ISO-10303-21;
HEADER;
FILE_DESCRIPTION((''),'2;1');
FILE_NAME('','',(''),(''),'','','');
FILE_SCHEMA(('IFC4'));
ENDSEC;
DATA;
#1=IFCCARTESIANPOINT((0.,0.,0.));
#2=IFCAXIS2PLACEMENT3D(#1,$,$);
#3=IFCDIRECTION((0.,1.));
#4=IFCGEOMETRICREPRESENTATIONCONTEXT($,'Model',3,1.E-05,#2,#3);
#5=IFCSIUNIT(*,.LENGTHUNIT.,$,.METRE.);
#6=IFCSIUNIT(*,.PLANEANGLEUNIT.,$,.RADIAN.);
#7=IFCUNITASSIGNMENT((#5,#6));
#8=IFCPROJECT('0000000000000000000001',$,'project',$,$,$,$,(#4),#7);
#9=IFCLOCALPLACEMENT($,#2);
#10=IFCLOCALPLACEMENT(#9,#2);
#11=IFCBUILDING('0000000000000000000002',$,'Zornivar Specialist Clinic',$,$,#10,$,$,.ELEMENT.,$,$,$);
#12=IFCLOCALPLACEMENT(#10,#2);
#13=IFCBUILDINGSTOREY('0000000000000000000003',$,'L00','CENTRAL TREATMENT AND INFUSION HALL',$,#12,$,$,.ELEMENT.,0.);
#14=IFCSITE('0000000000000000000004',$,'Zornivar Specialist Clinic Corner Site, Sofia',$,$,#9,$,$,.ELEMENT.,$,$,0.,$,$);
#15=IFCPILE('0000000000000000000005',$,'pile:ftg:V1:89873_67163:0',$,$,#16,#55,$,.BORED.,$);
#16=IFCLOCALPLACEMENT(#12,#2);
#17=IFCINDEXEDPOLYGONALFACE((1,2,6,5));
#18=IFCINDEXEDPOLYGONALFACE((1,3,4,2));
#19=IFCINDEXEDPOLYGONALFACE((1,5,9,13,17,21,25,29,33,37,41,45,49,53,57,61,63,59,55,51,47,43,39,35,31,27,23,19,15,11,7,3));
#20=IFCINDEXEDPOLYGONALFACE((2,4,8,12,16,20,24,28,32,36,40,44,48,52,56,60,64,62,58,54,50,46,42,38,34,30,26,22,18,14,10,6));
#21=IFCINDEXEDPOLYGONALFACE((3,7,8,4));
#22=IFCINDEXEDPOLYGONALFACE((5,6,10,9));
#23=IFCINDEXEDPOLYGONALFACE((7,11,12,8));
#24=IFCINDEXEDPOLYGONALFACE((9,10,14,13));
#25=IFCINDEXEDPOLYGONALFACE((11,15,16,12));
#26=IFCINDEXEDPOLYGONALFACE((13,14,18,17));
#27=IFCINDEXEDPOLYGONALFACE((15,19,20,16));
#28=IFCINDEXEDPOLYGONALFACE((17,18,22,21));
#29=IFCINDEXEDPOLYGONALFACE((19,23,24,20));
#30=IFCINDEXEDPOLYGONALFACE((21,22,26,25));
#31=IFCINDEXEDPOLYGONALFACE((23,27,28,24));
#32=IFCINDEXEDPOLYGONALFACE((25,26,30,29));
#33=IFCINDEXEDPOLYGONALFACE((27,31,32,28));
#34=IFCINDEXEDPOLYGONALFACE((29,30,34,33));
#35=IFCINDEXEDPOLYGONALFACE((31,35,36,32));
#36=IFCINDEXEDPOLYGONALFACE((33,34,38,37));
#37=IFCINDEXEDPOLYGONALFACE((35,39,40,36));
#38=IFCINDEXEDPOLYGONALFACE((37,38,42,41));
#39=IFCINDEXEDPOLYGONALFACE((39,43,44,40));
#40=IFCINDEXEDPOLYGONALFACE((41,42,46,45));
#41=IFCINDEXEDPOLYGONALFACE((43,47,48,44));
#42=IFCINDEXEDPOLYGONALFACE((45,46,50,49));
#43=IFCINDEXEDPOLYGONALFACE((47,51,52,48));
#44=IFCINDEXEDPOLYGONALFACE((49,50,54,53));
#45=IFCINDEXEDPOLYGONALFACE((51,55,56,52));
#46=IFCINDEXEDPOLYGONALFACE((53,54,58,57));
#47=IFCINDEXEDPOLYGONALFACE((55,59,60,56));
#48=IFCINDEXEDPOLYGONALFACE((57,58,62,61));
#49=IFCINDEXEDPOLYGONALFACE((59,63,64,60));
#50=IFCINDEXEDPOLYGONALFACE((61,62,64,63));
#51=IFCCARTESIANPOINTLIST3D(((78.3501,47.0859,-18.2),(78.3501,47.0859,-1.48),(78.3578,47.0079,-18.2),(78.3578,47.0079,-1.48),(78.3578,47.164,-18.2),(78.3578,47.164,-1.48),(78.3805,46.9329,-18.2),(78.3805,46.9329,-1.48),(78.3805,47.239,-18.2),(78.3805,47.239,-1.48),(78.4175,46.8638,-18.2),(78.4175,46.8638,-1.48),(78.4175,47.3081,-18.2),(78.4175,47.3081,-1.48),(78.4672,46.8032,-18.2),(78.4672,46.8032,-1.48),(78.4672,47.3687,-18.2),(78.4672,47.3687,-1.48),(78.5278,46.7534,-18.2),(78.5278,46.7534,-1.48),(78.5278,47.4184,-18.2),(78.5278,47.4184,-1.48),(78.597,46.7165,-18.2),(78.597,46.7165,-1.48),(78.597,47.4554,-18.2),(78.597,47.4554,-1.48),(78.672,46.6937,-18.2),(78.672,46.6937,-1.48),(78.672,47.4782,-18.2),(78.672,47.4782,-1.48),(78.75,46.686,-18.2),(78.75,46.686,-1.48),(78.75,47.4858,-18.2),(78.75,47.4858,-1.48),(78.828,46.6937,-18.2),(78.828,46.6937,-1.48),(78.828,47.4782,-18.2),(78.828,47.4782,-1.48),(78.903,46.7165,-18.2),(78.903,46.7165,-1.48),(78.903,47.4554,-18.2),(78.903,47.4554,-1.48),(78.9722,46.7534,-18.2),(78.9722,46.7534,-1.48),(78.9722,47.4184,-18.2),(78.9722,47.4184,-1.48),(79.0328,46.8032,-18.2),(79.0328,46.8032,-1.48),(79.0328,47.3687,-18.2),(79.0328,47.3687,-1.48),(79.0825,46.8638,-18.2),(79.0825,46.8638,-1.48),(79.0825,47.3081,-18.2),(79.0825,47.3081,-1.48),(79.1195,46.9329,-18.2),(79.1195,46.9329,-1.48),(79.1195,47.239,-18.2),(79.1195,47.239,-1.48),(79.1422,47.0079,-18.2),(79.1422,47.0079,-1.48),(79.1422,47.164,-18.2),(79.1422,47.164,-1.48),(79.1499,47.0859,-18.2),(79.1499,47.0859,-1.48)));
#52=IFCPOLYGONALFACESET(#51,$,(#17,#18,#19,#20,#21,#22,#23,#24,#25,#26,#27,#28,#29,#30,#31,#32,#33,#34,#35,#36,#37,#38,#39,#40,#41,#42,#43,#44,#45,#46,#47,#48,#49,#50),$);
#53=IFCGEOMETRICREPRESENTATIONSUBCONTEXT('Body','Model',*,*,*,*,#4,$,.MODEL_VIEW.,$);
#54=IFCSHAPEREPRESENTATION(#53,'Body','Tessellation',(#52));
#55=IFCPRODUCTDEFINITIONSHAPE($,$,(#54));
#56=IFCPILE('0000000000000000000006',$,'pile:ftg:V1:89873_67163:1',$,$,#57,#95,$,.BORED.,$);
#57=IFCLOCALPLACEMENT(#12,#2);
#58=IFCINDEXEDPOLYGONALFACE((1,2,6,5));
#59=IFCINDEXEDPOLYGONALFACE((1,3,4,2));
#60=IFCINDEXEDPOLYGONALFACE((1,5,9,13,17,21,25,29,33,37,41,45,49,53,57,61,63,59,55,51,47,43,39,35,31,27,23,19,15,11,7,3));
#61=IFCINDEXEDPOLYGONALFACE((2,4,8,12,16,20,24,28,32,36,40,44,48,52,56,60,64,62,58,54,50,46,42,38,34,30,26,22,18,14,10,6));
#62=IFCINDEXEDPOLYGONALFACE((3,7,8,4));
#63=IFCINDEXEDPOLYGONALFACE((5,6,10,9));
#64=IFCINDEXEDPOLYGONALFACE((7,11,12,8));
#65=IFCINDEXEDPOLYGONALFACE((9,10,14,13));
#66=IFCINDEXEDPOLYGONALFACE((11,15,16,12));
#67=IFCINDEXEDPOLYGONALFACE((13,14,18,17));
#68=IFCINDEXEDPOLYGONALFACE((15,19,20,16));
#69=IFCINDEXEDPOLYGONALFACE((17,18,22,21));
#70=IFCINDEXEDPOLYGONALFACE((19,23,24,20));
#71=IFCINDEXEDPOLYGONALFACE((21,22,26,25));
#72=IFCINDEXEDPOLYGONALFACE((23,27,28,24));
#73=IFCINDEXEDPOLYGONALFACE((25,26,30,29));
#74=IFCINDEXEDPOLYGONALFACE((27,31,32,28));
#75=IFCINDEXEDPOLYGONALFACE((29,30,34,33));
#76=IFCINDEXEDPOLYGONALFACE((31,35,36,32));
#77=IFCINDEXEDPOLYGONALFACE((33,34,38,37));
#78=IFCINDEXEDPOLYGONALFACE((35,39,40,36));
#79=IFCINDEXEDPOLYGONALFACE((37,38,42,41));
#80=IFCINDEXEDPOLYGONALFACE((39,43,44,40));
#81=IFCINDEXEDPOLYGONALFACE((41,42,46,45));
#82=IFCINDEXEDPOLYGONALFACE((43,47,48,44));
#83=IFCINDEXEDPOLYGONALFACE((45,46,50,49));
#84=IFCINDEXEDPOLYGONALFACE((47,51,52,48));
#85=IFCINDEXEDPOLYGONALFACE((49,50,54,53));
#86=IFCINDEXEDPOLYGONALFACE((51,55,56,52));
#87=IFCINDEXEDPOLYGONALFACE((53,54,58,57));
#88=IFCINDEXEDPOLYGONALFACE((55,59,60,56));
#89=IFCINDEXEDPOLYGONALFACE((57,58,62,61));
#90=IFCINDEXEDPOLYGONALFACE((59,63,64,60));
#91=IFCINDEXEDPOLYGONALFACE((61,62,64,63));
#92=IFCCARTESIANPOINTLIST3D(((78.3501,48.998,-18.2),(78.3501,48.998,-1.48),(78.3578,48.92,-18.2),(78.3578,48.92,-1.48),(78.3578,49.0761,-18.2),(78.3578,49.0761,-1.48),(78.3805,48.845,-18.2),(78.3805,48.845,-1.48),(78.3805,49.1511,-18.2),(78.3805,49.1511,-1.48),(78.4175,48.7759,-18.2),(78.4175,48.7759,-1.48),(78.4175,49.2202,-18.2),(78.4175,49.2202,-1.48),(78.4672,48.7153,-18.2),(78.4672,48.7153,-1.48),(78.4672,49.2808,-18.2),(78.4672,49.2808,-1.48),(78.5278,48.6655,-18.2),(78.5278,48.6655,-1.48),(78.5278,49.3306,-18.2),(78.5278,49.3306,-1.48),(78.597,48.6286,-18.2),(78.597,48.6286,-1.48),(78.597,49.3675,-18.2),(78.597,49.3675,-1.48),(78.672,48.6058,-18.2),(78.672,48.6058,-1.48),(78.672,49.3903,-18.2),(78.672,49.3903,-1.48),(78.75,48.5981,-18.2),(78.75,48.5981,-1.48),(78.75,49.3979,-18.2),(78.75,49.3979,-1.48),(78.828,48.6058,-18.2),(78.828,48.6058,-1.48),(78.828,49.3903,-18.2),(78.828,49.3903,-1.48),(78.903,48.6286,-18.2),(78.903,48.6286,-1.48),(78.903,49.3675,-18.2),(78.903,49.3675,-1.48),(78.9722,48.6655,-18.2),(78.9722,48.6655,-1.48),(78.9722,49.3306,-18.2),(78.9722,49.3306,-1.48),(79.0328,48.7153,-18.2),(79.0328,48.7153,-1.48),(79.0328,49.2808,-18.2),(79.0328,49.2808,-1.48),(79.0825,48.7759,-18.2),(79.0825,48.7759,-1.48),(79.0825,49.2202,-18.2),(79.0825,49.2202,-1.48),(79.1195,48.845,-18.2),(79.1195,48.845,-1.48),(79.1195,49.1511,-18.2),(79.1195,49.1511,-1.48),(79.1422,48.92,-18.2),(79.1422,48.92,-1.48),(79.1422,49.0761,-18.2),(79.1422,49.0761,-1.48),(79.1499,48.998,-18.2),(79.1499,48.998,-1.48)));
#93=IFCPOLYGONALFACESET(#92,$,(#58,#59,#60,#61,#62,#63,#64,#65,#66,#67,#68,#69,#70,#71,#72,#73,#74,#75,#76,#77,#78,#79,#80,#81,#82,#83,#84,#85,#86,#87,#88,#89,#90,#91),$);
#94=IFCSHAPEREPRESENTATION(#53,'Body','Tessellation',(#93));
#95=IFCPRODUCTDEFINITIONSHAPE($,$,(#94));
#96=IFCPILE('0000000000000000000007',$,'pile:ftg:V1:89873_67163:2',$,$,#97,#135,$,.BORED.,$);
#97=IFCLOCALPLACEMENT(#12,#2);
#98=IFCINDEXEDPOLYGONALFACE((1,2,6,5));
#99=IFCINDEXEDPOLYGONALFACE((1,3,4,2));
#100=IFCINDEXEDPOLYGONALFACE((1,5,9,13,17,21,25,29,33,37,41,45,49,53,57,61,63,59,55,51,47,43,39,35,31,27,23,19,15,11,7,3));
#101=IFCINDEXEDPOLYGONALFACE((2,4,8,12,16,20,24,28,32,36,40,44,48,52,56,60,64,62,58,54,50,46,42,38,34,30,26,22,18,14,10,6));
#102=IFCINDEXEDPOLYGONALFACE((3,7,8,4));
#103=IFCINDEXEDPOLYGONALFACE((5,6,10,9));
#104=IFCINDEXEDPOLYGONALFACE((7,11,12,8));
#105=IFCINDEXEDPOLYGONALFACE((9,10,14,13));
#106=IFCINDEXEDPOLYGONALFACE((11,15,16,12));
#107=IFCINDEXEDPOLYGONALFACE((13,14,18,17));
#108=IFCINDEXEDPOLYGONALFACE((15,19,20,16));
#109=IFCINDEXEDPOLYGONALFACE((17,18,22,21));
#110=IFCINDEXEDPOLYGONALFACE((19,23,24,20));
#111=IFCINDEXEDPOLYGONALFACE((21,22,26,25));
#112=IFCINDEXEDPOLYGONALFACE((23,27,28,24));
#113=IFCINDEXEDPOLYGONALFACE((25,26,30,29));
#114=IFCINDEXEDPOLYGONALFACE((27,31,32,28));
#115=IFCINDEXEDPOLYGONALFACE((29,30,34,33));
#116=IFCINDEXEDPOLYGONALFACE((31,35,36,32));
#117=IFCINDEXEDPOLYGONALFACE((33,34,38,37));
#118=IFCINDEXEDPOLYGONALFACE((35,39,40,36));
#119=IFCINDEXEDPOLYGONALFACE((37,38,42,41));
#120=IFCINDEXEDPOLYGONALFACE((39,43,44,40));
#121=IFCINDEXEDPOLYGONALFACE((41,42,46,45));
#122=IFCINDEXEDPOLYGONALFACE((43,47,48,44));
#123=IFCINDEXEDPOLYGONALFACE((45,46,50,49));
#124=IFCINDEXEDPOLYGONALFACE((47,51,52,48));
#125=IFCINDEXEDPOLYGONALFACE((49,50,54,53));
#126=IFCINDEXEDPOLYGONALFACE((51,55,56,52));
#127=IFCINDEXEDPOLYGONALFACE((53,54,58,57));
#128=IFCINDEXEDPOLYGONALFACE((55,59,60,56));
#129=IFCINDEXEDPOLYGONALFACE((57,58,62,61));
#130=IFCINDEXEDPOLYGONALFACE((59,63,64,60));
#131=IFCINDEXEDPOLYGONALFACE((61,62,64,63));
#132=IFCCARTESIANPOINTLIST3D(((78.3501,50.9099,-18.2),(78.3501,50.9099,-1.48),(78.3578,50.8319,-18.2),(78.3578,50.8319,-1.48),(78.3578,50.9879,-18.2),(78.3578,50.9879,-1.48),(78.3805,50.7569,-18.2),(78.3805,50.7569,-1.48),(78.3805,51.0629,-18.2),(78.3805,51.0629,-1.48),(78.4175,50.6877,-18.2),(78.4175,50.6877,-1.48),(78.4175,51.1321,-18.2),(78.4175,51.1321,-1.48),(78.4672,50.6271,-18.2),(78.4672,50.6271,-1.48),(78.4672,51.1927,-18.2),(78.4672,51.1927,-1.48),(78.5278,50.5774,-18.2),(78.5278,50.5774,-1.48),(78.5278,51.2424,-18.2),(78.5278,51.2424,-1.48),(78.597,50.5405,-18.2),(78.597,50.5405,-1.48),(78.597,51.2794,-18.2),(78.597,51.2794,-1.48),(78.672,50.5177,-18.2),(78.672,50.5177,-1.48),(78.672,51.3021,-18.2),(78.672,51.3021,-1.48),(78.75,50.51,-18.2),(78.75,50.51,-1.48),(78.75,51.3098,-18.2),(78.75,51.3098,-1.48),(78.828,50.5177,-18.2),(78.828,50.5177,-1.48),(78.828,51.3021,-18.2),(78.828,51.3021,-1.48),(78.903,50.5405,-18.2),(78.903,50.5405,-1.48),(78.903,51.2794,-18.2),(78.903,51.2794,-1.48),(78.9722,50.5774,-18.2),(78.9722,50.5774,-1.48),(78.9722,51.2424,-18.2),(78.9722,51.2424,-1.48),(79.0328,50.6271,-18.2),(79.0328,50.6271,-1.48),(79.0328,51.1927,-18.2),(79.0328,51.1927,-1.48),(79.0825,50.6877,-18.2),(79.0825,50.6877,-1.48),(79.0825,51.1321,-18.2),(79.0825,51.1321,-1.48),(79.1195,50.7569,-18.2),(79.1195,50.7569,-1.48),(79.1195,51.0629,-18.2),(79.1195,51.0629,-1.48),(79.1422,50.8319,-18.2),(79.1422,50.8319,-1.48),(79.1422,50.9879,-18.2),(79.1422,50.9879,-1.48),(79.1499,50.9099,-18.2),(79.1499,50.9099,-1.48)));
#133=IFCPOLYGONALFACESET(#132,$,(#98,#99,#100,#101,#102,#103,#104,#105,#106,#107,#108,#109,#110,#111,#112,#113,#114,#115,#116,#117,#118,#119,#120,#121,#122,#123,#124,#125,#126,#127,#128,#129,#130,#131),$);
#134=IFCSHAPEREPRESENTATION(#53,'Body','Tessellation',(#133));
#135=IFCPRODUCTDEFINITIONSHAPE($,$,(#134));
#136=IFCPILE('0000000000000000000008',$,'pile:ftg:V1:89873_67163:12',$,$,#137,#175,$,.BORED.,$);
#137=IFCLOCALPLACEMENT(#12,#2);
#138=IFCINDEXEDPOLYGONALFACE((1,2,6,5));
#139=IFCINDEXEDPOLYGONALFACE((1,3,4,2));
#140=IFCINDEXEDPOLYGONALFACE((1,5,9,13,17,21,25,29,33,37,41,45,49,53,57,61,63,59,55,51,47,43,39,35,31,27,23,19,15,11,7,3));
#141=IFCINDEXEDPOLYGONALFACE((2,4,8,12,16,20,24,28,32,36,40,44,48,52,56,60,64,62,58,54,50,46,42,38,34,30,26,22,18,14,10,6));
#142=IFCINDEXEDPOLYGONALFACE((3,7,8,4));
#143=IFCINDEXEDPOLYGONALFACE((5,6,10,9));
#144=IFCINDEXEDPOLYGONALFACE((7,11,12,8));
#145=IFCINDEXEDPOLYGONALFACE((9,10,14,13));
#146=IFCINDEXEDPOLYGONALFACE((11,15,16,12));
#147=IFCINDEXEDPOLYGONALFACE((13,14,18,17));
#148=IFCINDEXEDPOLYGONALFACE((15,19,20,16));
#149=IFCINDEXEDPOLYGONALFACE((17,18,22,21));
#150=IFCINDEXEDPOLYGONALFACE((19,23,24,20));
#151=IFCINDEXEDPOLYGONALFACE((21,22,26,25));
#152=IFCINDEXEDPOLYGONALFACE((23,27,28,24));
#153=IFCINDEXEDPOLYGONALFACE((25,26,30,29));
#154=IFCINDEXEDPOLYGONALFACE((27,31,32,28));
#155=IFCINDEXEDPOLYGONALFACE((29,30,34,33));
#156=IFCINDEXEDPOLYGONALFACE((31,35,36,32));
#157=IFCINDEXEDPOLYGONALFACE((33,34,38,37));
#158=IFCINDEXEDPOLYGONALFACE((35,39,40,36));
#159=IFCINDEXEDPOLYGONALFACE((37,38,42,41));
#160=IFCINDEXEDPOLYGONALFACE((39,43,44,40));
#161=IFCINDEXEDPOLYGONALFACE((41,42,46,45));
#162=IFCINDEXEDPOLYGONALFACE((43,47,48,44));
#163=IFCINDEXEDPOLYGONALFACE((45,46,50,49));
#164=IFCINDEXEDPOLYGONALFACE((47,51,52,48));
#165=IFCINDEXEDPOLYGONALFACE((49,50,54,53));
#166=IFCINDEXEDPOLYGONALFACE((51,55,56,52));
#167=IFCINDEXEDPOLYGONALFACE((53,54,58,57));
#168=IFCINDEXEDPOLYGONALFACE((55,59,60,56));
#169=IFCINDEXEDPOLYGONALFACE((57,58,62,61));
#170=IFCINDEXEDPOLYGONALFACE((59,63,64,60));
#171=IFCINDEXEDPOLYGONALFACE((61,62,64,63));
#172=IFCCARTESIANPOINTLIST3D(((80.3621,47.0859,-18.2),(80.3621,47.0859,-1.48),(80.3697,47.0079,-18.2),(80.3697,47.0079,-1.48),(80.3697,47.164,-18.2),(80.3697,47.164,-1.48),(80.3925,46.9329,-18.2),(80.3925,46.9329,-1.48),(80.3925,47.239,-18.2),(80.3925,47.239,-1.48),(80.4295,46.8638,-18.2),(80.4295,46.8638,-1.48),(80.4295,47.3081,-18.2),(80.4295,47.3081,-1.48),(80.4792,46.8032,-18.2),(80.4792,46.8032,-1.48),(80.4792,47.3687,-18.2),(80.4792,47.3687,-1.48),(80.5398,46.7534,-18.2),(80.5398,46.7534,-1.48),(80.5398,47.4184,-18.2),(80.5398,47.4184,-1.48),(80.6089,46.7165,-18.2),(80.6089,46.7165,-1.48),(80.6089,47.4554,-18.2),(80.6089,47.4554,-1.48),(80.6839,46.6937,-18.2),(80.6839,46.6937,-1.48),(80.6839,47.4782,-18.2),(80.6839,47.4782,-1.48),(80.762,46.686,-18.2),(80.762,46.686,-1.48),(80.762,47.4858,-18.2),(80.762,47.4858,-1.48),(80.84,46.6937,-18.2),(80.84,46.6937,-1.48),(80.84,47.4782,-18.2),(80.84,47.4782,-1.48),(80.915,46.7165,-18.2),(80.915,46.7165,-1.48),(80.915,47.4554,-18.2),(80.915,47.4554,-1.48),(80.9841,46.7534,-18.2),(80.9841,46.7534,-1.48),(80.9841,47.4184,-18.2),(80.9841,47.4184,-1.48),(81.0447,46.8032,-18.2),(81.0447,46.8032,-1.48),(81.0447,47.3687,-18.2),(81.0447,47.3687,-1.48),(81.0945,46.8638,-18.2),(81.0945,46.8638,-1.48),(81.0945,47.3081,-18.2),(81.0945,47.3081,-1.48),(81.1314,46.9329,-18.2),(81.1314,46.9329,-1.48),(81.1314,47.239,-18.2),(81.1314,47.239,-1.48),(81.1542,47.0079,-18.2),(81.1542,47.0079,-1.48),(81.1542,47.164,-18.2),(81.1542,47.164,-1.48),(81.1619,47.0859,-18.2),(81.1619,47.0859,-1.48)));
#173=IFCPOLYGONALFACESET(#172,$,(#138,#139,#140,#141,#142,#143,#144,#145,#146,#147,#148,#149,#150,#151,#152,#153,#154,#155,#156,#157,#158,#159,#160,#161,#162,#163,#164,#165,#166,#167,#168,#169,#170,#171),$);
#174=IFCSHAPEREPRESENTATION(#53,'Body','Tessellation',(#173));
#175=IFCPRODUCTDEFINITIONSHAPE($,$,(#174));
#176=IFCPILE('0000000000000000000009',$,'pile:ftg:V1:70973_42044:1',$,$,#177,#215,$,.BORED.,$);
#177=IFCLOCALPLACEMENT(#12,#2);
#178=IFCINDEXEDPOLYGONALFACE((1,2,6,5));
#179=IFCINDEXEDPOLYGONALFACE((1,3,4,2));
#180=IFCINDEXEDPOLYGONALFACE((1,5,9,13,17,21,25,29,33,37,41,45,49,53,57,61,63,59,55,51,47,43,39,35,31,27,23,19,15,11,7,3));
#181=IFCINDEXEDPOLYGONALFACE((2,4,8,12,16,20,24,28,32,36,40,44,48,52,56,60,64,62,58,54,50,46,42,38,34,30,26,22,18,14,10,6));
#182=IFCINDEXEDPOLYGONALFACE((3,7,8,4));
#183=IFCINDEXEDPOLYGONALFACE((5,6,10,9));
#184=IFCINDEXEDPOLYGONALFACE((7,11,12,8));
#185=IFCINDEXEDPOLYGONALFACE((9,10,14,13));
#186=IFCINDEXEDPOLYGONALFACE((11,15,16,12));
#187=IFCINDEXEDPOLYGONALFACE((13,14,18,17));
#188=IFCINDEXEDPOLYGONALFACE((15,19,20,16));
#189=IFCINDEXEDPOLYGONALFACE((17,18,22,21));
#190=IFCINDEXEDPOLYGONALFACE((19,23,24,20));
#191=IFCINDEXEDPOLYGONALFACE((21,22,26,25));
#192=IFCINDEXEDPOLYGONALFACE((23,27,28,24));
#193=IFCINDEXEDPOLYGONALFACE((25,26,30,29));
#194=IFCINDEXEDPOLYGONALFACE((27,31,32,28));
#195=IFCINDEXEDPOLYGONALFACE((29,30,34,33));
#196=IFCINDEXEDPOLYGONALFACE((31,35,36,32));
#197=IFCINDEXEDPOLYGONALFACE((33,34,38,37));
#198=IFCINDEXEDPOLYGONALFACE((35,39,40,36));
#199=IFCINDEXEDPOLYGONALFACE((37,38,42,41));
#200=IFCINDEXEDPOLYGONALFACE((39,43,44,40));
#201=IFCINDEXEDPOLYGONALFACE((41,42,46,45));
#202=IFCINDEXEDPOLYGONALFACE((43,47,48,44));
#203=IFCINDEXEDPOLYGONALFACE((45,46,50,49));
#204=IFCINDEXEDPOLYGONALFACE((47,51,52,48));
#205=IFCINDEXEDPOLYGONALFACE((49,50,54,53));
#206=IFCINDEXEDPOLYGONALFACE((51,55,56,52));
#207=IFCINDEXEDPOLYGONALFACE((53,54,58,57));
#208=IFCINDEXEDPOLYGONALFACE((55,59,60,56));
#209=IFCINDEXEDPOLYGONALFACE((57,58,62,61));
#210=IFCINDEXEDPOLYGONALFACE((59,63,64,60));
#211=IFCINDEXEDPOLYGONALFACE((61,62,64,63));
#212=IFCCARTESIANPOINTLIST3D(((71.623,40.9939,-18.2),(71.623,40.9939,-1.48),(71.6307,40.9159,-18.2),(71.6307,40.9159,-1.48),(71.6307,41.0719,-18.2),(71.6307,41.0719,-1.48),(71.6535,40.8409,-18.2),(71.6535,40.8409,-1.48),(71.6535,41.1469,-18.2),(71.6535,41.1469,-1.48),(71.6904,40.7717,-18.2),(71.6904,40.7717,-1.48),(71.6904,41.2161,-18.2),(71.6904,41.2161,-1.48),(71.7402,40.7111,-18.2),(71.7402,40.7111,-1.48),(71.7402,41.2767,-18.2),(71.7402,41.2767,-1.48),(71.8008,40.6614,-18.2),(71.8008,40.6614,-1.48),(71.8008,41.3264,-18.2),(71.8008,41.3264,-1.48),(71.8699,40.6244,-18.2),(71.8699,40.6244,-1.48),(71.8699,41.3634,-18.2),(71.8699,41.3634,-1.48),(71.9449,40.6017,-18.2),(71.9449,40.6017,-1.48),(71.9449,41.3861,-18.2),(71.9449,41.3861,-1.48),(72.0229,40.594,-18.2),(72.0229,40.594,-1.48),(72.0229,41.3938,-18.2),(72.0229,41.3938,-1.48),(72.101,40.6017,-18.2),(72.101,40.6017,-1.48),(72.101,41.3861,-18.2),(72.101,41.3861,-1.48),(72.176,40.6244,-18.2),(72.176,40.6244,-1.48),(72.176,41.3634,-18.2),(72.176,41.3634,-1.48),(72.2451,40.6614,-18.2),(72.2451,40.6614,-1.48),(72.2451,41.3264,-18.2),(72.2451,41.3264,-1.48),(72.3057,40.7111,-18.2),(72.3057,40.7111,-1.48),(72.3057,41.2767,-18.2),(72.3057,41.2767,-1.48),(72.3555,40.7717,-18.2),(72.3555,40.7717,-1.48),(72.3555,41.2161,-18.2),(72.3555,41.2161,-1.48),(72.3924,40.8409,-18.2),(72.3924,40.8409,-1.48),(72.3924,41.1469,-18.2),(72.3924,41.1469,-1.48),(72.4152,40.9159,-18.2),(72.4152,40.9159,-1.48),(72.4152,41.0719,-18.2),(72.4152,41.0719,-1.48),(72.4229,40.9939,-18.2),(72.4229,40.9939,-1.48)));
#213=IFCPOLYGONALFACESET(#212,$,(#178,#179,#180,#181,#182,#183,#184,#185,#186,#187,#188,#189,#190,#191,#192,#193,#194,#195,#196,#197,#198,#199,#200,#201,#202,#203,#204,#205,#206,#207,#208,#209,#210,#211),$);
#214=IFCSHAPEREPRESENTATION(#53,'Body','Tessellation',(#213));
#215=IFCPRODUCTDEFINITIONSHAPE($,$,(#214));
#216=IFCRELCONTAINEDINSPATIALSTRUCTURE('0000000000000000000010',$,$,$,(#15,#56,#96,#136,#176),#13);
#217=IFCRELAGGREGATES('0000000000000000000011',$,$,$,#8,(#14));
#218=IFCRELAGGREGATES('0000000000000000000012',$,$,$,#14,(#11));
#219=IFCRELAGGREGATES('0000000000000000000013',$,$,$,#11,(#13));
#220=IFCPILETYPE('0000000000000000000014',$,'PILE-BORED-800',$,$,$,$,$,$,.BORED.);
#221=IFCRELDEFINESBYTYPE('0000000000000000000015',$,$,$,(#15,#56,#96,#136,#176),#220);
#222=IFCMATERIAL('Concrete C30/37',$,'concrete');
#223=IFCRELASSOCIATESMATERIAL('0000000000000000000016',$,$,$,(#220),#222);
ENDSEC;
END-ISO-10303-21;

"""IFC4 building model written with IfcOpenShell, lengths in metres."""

from ifc_helpers import new_model, si_unit, direction, frame, origin, origin_2d, place, context, subcontext, project, spatial, circle, extrude, material, material_profile, profile_set, type_object, element, save


model = new_model("IFC4")

# Units and contexts
model_context = context("Model", 3, precision=1e-05, world=origin(), true_north=direction((0.0, 1.0)))
body_context = subcontext(model_context, "Body", "Model", "MODEL_VIEW")
ifc_project = project(units=[si_unit("LENGTHUNIT", "METRE"), si_unit("PLANEANGLEUNIT", "RADIAN")], contexts=[model_context])

# Site, building, storey
site_placement = place(None, origin())
site = spatial("IfcSite", under=ifc_project, at=site_placement, Name="Zornivar Specialist Clinic Corner Site, Sofia", CompositionType="ELEMENT", RefElevation=0.0)
building_placement = place(site_placement, origin())
building = spatial("IfcBuilding", under=site, at=building_placement, Name="Zornivar Specialist Clinic", CompositionType="ELEMENT")
storey_placement = place(building_placement, origin())
storey = spatial("IfcBuildingStorey", under=building, at=storey_placement, Name="L00", Description="CENTRAL TREATMENT AND INFUSION HALL", CompositionType="ELEMENT", Elevation=0.0)

# Piles
ifc_material_1 = material(Name="Concrete C30/37", Category="concrete")
ifc_material_profile_1 = material_profile(ifc_material_1, circle(Radius=0.3999, at=origin_2d()), Name="PILE D800")
ifc_profile_set_1 = profile_set([ifc_material_profile_1], Name="Concrete C30/37")
pile_type = type_object("IfcPileType", Name="PILE-BORED-800", PredefinedType="BORED", material=ifc_profile_set_1)
for number, where, z_axis, x_axis, name in (
    (1, (78.75, 47.0859, -1.48), (0.0, 0.0, -1.0), (1.0, 0.0, 0.0), "pile:ftg:V1:89873_67163:0"),
    (2, (78.75, 48.998, -1.48), (0.0, 0.0, -1.0), (1.0, 0.0, 0.0), "pile:ftg:V1:89873_67163:1"),
    (3, (78.75, 50.9099, -1.48), (0.0, 0.0, -1.0), (1.0, 0.0, 0.0), "pile:ftg:V1:89873_67163:2"),
    (4, (80.762, 47.0859, -1.48), (0.0, 0.0, -1.0), (1.0, 0.0, 0.0), "pile:ftg:V1:89873_67163:12"),
    (5, (72.0229, 40.9939, -1.48), (0.0, 0.0, -1.0), (1.0, 0.0, 0.0), "pile:ftg:V1:70973_42044:1"),
):
    element("IfcPile", number, at=place(storey_placement, frame(where, z_axis=z_axis, x_axis=x_axis)), inside=storey, type_object=pile_type, Name=name, PredefinedType="BORED", context=body_context, shape_type="SweptSolid", body=[
        extrude(circle(Radius=0.3999, at=origin_2d()), origin(), (0.0, 0.0, 1.0), 16.72),
    ])

save(model, "model.ifc")
